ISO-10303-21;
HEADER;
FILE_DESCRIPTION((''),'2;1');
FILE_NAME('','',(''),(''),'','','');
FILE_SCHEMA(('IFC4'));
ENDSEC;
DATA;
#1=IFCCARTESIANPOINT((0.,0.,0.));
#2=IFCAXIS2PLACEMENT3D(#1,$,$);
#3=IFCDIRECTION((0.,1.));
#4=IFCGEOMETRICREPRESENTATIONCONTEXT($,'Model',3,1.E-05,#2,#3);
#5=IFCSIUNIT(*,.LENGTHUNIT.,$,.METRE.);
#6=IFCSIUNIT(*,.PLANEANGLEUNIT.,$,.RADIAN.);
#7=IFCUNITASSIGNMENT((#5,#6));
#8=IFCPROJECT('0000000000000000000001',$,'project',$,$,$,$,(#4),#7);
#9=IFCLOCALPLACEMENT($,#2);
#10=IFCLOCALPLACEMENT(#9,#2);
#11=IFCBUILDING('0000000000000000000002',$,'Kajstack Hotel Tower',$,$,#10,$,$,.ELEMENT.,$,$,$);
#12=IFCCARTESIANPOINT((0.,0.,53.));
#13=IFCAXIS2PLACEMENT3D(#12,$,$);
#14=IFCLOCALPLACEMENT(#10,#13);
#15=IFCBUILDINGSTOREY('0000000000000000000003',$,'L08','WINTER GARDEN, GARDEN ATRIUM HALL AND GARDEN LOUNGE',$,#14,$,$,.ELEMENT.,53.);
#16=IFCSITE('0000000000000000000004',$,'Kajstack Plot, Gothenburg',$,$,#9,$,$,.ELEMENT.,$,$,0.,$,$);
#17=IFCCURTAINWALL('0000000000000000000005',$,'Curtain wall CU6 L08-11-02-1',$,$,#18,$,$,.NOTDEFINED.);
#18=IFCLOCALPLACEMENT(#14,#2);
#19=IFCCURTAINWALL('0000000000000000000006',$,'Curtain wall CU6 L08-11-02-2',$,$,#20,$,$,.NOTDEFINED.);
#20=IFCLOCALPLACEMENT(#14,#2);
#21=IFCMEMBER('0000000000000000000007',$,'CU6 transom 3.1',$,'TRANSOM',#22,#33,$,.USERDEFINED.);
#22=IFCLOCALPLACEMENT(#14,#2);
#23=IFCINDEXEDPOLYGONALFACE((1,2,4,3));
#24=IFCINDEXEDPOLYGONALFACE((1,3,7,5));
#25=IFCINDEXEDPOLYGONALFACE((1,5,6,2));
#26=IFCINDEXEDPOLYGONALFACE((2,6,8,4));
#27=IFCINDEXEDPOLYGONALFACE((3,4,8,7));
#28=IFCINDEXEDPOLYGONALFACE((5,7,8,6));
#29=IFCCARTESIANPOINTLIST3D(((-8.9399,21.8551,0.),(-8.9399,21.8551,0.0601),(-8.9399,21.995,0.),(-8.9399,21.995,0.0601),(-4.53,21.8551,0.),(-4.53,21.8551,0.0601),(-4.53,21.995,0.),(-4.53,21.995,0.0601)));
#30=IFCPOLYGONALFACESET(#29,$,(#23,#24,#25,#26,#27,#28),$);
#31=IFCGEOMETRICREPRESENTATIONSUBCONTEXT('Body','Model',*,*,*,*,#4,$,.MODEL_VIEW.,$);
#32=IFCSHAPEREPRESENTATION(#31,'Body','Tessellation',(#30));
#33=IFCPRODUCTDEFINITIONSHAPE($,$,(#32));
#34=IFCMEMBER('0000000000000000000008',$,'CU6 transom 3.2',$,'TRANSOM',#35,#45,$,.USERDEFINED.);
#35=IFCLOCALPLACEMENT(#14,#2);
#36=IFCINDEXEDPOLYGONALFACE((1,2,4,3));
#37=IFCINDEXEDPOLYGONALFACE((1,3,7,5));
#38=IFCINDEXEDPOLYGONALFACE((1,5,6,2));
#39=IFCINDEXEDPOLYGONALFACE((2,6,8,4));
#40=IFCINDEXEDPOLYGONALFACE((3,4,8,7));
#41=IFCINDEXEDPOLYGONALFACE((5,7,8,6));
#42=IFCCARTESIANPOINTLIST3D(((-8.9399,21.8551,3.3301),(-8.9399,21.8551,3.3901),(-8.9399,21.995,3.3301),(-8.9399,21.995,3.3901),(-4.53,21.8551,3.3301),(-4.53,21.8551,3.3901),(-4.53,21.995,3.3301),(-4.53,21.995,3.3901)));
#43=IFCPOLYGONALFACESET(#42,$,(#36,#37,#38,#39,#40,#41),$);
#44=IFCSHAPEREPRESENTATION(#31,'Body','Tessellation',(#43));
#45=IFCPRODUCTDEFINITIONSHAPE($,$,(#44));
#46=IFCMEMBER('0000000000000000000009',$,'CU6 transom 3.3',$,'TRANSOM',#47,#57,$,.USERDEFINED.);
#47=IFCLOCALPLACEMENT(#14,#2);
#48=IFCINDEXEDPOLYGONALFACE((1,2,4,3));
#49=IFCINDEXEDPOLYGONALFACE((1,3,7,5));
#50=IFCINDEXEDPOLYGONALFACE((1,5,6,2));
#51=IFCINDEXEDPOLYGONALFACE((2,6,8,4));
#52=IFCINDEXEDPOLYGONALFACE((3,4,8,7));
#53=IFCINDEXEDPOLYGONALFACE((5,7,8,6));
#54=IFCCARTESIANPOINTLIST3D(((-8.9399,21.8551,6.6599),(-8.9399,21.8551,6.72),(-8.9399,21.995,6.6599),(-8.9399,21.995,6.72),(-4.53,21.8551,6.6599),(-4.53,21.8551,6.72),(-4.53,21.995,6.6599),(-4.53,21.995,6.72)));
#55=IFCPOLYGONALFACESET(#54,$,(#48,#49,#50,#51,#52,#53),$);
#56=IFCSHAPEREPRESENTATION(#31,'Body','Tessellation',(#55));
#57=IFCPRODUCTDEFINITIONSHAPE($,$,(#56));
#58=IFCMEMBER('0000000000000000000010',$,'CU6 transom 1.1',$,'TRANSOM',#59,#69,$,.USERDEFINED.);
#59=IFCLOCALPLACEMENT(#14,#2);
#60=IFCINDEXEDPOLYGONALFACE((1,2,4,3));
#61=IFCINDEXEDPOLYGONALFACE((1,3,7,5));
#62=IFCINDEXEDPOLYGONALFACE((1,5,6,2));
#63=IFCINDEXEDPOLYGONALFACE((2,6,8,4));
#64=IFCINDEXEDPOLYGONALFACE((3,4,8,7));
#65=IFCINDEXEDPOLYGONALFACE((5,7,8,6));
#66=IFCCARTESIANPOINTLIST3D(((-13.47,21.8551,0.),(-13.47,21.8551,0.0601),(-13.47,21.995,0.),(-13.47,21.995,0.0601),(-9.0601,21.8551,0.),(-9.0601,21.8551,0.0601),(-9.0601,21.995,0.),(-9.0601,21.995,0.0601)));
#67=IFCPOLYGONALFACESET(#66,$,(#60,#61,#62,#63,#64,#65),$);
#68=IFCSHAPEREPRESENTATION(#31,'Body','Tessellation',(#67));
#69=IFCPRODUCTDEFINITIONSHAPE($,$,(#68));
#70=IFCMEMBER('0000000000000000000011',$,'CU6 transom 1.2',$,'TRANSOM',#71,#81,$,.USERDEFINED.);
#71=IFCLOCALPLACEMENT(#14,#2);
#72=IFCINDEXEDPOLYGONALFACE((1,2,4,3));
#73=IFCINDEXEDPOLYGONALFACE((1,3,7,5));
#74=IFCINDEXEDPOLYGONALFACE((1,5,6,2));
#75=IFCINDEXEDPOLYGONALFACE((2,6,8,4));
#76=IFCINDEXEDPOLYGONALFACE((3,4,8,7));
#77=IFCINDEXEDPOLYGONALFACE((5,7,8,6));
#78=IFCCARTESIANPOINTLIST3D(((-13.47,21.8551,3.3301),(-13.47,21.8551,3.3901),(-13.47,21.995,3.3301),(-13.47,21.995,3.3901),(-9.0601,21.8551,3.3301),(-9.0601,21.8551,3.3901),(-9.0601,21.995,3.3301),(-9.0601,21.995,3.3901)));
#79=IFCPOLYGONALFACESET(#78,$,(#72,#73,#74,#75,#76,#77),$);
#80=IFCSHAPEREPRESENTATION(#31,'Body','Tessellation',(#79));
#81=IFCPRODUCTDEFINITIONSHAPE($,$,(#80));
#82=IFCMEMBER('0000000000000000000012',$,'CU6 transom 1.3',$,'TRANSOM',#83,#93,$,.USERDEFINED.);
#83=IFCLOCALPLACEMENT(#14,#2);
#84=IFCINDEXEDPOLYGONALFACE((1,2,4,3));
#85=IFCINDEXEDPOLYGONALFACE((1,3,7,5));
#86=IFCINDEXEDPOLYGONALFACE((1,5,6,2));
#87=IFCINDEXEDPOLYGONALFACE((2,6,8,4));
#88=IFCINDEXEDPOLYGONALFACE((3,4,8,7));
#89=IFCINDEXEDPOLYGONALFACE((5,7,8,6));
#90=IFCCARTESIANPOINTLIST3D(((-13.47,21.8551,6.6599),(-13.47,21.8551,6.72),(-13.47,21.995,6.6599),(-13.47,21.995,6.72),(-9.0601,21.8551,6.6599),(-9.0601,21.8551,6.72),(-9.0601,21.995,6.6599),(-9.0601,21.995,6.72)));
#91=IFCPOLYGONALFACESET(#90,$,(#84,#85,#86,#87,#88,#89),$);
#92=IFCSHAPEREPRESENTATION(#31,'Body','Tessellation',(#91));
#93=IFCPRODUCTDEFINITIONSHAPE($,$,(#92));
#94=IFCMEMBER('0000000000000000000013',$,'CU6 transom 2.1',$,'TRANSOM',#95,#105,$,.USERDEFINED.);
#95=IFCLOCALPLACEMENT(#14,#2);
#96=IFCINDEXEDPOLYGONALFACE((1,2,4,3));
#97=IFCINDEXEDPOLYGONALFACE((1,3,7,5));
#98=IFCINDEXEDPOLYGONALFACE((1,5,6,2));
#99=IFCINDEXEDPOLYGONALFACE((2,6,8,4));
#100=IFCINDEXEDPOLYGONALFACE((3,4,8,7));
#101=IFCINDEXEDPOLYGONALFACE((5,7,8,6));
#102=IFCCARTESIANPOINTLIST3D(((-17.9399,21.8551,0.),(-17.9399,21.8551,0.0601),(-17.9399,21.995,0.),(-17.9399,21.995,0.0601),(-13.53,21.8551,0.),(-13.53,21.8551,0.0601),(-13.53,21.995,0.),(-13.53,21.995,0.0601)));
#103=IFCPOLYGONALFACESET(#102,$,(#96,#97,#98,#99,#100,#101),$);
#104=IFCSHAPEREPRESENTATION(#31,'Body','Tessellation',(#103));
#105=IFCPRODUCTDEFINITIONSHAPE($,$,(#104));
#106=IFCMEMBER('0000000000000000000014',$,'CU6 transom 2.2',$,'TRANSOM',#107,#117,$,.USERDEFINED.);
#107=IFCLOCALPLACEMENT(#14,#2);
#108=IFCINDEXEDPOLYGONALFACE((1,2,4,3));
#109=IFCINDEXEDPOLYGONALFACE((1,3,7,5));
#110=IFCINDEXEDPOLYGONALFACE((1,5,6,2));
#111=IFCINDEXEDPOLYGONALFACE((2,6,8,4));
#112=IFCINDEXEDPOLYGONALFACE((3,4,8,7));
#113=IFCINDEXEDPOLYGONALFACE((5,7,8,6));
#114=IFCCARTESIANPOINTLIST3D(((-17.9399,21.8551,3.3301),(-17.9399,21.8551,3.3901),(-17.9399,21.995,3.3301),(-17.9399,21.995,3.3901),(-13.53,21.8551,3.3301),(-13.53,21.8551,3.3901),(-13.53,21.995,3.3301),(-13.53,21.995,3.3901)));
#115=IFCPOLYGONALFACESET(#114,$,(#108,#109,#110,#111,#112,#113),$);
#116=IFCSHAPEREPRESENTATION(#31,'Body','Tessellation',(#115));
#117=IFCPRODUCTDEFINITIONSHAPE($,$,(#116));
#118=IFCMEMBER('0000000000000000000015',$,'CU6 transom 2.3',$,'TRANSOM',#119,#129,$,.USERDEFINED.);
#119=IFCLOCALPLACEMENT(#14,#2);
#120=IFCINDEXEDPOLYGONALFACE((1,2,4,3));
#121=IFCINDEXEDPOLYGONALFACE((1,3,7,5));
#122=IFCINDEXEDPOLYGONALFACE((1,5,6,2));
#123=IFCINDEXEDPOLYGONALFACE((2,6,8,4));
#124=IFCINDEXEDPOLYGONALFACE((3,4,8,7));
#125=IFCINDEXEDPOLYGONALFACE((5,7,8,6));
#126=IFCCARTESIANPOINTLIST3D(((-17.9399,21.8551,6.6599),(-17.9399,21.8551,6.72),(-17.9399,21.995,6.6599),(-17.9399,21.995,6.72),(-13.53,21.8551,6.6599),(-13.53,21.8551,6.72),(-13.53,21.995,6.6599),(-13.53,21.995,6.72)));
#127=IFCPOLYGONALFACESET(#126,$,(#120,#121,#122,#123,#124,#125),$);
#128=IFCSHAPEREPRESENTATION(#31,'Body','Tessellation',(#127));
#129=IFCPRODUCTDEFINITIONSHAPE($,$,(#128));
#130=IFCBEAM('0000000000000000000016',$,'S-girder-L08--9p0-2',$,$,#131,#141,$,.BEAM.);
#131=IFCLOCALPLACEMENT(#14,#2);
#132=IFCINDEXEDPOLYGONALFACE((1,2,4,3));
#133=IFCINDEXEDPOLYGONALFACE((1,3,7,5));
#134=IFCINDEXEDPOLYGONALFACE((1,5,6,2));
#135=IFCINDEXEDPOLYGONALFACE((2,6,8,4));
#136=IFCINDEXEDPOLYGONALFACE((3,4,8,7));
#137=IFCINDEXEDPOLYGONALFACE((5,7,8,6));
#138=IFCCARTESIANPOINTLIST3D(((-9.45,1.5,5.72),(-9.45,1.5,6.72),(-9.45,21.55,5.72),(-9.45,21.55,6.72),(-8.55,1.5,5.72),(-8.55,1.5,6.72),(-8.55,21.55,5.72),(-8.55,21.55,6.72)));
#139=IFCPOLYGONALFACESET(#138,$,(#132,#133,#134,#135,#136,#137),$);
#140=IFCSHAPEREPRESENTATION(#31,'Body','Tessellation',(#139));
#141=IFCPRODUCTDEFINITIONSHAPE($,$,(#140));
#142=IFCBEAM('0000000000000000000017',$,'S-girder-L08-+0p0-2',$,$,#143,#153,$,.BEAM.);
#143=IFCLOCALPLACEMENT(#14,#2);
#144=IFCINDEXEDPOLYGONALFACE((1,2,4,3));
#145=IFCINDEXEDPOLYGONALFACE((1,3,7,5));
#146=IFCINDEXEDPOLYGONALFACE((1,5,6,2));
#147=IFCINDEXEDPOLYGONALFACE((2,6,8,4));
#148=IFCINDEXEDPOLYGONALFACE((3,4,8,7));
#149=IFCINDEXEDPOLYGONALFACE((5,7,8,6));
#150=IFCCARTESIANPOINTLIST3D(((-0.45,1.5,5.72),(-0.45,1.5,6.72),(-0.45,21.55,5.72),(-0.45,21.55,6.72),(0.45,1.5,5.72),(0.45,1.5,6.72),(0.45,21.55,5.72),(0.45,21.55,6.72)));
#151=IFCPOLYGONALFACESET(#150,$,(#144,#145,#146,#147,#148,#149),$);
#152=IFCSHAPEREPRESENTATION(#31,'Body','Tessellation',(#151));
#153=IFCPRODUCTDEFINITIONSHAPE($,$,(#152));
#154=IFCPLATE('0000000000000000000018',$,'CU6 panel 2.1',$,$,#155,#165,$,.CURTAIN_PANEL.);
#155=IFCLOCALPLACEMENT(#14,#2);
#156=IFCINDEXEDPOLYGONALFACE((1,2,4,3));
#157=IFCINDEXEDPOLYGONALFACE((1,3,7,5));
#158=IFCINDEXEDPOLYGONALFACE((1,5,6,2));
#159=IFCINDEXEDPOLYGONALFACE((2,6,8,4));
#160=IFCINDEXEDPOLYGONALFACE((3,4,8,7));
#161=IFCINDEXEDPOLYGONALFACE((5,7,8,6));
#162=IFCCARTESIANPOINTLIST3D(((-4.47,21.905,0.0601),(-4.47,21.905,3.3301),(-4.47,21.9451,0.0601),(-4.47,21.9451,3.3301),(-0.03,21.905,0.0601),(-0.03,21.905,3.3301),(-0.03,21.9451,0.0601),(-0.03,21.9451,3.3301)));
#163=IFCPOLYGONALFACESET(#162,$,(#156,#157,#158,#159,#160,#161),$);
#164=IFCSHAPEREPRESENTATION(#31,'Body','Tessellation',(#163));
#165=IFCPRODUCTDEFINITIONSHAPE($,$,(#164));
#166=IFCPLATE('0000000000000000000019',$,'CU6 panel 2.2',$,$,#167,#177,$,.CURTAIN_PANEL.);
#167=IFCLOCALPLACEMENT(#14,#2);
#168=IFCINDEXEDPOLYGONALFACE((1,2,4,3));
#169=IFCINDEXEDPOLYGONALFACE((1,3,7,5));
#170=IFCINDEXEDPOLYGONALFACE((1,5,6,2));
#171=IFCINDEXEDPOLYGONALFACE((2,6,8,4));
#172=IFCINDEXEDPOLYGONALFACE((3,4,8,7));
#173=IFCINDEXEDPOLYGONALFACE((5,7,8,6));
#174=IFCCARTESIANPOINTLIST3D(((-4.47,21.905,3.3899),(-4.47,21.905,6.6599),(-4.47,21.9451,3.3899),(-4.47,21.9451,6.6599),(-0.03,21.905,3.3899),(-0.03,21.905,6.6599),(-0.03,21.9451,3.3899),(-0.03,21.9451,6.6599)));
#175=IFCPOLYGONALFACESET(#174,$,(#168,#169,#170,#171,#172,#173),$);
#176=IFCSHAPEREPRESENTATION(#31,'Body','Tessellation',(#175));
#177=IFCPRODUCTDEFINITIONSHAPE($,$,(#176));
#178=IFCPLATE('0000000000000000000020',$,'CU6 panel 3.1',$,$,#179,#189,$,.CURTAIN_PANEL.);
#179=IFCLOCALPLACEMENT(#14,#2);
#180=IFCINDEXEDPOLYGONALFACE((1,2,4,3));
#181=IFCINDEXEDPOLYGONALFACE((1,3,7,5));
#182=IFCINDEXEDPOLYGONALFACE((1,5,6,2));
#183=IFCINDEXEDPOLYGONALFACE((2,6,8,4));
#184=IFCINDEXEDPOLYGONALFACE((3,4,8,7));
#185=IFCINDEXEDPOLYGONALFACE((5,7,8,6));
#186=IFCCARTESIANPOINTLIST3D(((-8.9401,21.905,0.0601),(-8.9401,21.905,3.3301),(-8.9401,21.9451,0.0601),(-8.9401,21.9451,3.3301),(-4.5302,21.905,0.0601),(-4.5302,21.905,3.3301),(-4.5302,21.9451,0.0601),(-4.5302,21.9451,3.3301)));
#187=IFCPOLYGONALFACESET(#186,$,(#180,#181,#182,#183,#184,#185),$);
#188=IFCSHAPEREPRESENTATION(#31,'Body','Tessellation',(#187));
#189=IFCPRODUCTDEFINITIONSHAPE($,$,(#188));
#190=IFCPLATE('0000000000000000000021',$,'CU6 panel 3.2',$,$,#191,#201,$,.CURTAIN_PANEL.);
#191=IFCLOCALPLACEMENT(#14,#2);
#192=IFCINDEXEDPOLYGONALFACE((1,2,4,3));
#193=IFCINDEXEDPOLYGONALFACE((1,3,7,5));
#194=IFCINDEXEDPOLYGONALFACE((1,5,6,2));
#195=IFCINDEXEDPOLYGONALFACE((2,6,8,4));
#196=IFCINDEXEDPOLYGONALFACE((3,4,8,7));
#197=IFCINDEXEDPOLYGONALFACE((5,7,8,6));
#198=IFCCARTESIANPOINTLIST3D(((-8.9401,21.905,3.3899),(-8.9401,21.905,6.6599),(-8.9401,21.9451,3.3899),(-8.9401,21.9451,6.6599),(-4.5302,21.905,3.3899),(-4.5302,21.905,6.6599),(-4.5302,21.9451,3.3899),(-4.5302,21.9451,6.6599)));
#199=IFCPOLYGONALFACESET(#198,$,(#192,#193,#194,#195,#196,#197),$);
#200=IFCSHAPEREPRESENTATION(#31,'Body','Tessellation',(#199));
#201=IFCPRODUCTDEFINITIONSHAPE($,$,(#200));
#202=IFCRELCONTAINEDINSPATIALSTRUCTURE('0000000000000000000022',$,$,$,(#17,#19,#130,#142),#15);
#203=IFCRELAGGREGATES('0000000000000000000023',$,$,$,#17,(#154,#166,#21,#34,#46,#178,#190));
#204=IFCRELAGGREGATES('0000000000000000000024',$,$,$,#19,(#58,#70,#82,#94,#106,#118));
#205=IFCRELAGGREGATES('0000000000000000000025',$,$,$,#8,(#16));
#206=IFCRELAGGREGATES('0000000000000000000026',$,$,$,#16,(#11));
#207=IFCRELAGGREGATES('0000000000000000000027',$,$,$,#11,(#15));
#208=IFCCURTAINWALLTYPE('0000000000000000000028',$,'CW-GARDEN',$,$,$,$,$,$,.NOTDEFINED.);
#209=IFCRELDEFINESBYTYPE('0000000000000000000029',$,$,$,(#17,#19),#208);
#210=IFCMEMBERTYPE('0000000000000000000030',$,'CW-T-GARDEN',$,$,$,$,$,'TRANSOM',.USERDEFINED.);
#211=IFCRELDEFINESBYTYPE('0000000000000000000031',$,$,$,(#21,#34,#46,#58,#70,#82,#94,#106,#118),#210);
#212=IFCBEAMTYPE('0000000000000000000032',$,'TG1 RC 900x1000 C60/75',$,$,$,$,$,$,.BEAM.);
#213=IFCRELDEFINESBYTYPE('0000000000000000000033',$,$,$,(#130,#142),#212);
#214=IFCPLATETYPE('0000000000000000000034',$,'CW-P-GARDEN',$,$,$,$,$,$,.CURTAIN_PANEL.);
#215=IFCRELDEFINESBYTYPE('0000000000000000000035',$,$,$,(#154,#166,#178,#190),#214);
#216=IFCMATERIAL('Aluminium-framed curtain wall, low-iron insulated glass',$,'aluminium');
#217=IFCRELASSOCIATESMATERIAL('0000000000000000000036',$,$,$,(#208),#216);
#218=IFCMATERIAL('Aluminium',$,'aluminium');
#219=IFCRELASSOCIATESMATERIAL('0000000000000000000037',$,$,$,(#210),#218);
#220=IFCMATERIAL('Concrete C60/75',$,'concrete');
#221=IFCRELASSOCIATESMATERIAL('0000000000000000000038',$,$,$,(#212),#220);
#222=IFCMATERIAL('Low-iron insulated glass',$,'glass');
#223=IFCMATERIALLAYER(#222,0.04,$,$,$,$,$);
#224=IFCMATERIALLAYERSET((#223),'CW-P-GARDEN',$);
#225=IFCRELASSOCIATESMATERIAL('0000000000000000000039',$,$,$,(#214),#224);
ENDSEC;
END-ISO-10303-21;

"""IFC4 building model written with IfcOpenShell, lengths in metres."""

from ifc_helpers import new_model, si_unit, direction, frame, origin, origin_2d, place, context, subcontext, project, spatial, rectangle, extrude, material, layer, layer_set, material_profile, profile_set, type_object, element, aggregate, save


model = new_model("IFC4")

# Units and contexts
model_context = context("Model", 3, precision=1e-05, world=origin(), true_north=direction((0.0, 1.0)))
body_context = subcontext(model_context, "Body", "Model", "MODEL_VIEW")
ifc_project = project(units=[si_unit("LENGTHUNIT", "METRE"), si_unit("PLANEANGLEUNIT", "RADIAN")], contexts=[model_context])

# Site, building, storey
site_placement = place(None, origin())
site = spatial("IfcSite", under=ifc_project, at=site_placement, Name="Kajstack Plot, Gothenburg", CompositionType="ELEMENT", RefElevation=0.0)
building_placement = place(site_placement, origin())
building = spatial("IfcBuilding", under=site, at=building_placement, Name="Kajstack Hotel Tower", CompositionType="ELEMENT")
storey_placement = place(building_placement, frame((0.0, 0.0, 53.0)))
storey = spatial("IfcBuildingStorey", under=building, at=storey_placement, Name="L08", Description="WINTER GARDEN, GARDEN ATRIUM HALL AND GARDEN LOUNGE", CompositionType="ELEMENT", Elevation=53.0)

# Shared definitions
ifc_material_1 = material(Name="Concrete C60/75", Category="concrete")

# Curtain walls
ifc_material_2 = material(Name="Aluminium-framed curtain wall, low-iron insulated glass", Category="aluminium")
curtain_wall_type = type_object("IfcCurtainWallType", Name="CW-GARDEN", PredefinedType="NOTDEFINED", material=ifc_material_2)
curtain_wall_1_placement = place(storey_placement, origin())
curtain_wall_1 = element("IfcCurtainWall", 1, at=curtain_wall_1_placement, inside=storey, type_object=curtain_wall_type, Name="Curtain wall CU6 L08-11-02-1", PredefinedType="NOTDEFINED")
ifc_material_3 = material(Name="Aluminium", Category="aluminium")
curtain_wall_2_placement = place(storey_placement, origin())
curtain_wall_2 = element("IfcCurtainWall", 2, at=curtain_wall_2_placement, inside=storey, type_object=curtain_wall_type, Name="Curtain wall CU6 L08-11-02-2", PredefinedType="NOTDEFINED")

# Members
ifc_material_profile_1 = material_profile(ifc_material_3, rectangle(XDim=0.1399, YDim=0.0601, at=origin_2d()), Name="Aluminium transom 140 x 60")
ifc_profile_set_1 = profile_set([ifc_material_profile_1], Name="Aluminium")
member_type_1 = type_object("IfcMemberType", Name="CW-T-GARDEN", ElementType="TRANSOM", PredefinedType="USERDEFINED", material=ifc_profile_set_1)
member_1_placement = place(storey_placement, frame((-4.53, 21.925, 0.03), z_axis=(-1.0, 0.0, 0.0), x_axis=(0.0, -1.0, 0.0)))
member_1 = element("IfcMember", 3, at=member_1_placement, type_object=member_type_1, Name="CU6 transom 3.1", ObjectType="TRANSOM", PredefinedType="USERDEFINED", context=body_context, shape_type="SweptSolid", body=[
    extrude(rectangle(XDim=0.1399, YDim=0.0601, at=origin_2d()), origin(), (0.0, 0.0, 1.0), 4.4099),
])
member_2_placement = place(storey_placement, frame((-4.53, 21.925, 3.3601), z_axis=(-1.0, 0.0, 0.0), x_axis=(0.0, -1.0, 0.0)))
member_2 = element("IfcMember", 4, at=member_2_placement, type_object=member_type_1, Name="CU6 transom 3.2", ObjectType="TRANSOM", PredefinedType="USERDEFINED", context=body_context, shape_type="SweptSolid", body=[
    extrude(rectangle(XDim=0.1399, YDim=0.0601, at=origin_2d()), origin(), (0.0, 0.0, 1.0), 4.4099),
])
member_3_placement = place(storey_placement, frame((-4.53, 21.925, 6.6899), z_axis=(-1.0, 0.0, 0.0), x_axis=(0.0, -1.0, 0.0)))
member_3 = element("IfcMember", 5, at=member_3_placement, type_object=member_type_1, Name="CU6 transom 3.3", ObjectType="TRANSOM", PredefinedType="USERDEFINED", context=body_context, shape_type="SweptSolid", body=[
    extrude(rectangle(XDim=0.1399, YDim=0.0601, at=origin_2d()), origin(), (0.0, 0.0, 1.0), 4.4099),
])
member_4_placement = place(storey_placement, frame((-9.0601, 21.925, 0.03), z_axis=(-1.0, 0.0, 0.0), x_axis=(0.0, -1.0, 0.0)))
member_4 = element("IfcMember", 6, at=member_4_placement, type_object=member_type_1, Name="CU6 transom 1.1", ObjectType="TRANSOM", PredefinedType="USERDEFINED", context=body_context, shape_type="SweptSolid", body=[
    extrude(rectangle(XDim=0.1399, YDim=0.0601, at=origin_2d()), origin(), (0.0, 0.0, 1.0), 4.4099),
])
member_5_placement = place(storey_placement, frame((-9.0601, 21.925, 3.3601), z_axis=(-1.0, 0.0, 0.0), x_axis=(0.0, -1.0, 0.0)))
member_5 = element("IfcMember", 7, at=member_5_placement, type_object=member_type_1, Name="CU6 transom 1.2", ObjectType="TRANSOM", PredefinedType="USERDEFINED", context=body_context, shape_type="SweptSolid", body=[
    extrude(rectangle(XDim=0.1399, YDim=0.0601, at=origin_2d()), origin(), (0.0, 0.0, 1.0), 4.4099),
])
member_6_placement = place(storey_placement, frame((-9.0601, 21.925, 6.6899), z_axis=(-1.0, 0.0, 0.0), x_axis=(0.0, -1.0, 0.0)))
member_6 = element("IfcMember", 8, at=member_6_placement, type_object=member_type_1, Name="CU6 transom 1.3", ObjectType="TRANSOM", PredefinedType="USERDEFINED", context=body_context, shape_type="SweptSolid", body=[
    extrude(rectangle(XDim=0.1399, YDim=0.0601, at=origin_2d()), origin(), (0.0, 0.0, 1.0), 4.4099),
])
member_7_placement = place(storey_placement, frame((-13.53, 21.925, 0.03), z_axis=(-1.0, 0.0, 0.0), x_axis=(0.0, -1.0, 0.0)))
member_7 = element("IfcMember", 9, at=member_7_placement, type_object=member_type_1, Name="CU6 transom 2.1", ObjectType="TRANSOM", PredefinedType="USERDEFINED", context=body_context, shape_type="SweptSolid", body=[
    extrude(rectangle(XDim=0.1399, YDim=0.0601, at=origin_2d()), origin(), (0.0, 0.0, 1.0), 4.4099),
])
member_8_placement = place(storey_placement, frame((-13.53, 21.925, 3.3601), z_axis=(-1.0, 0.0, 0.0), x_axis=(0.0, -1.0, 0.0)))
member_8 = element("IfcMember", 10, at=member_8_placement, type_object=member_type_1, Name="CU6 transom 2.2", ObjectType="TRANSOM", PredefinedType="USERDEFINED", context=body_context, shape_type="SweptSolid", body=[
    extrude(rectangle(XDim=0.1399, YDim=0.0601, at=origin_2d()), origin(), (0.0, 0.0, 1.0), 4.4099),
])
member_9_placement = place(storey_placement, frame((-13.53, 21.925, 6.6899), z_axis=(-1.0, 0.0, 0.0), x_axis=(0.0, -1.0, 0.0)))
member_9 = element("IfcMember", 11, at=member_9_placement, type_object=member_type_1, Name="CU6 transom 2.3", ObjectType="TRANSOM", PredefinedType="USERDEFINED", context=body_context, shape_type="SweptSolid", body=[
    extrude(rectangle(XDim=0.1399, YDim=0.0601, at=origin_2d()), origin(), (0.0, 0.0, 1.0), 4.4099),
])

# Beams
ifc_material_profile_2 = material_profile(ifc_material_1, rectangle(XDim=0.8999, YDim=1.0, at=origin_2d()), Name="RC 900x1000")
ifc_profile_set_2 = profile_set([ifc_material_profile_2], Name="Concrete C60/75")
beam_type = type_object("IfcBeamType", Name="TG1 RC 900x1000 C60/75", PredefinedType="BEAM", material=ifc_profile_set_2)
for number, where, z_axis, x_axis, name in (
    (12, (-9.0, 1.5, 6.22), (0.0, 1.0, 0.0), (-1.0, 0.0, 0.0), "S-girder-L08--9p0-2"),
    (13, (0.0, 1.5, 6.22), (0.0, 1.0, 0.0), (-1.0, 0.0, 0.0), "S-girder-L08-+0p0-2"),
):
    element("IfcBeam", number, at=place(storey_placement, frame(where, z_axis=z_axis, x_axis=x_axis)), inside=storey, type_object=beam_type, Name=name, PredefinedType="BEAM", context=body_context, shape_type="SweptSolid", body=[
        extrude(rectangle(XDim=0.8999, YDim=1.0, at=origin_2d()), origin(), (0.0, 0.0, 1.0), 20.05),
    ])

# Plates
ifc_material_4 = material(Name="Low-iron insulated glass", Category="glass")
ifc_layer = layer(ifc_material_4, 0.04)
ifc_layer_set = layer_set([ifc_layer], Name="CW-P-GARDEN")
plate_type = type_object("IfcPlateType", Name="CW-P-GARDEN", PredefinedType="CURTAIN_PANEL", material=ifc_layer_set)
plate_1_placement = place(storey_placement, frame((-2.25, 21.925, 0.0601), z_axis=(0.0, 0.0, 1.0), x_axis=(-1.0, 0.0, 0.0)))
plate_1 = element("IfcPlate", 14, at=plate_1_placement, type_object=plate_type, Name="CU6 panel 2.1", PredefinedType="CURTAIN_PANEL", context=body_context, shape_type="SweptSolid", body=[
    extrude(rectangle(XDim=4.4399, YDim=0.04, at=origin_2d()), origin(), (0.0, 0.0, 1.0), 3.27),
])
plate_2_placement = place(storey_placement, frame((-2.25, 21.925, 3.3899), z_axis=(0.0, 0.0, 1.0), x_axis=(-1.0, 0.0, 0.0)))
plate_2 = element("IfcPlate", 15, at=plate_2_placement, type_object=plate_type, Name="CU6 panel 2.2", PredefinedType="CURTAIN_PANEL", context=body_context, shape_type="SweptSolid", body=[
    extrude(rectangle(XDim=4.4399, YDim=0.04, at=origin_2d()), origin(), (0.0, 0.0, 1.0), 3.27),
])
plate_3_placement = place(storey_placement, frame((-6.7351, 21.925, 0.0601), z_axis=(0.0, 0.0, 1.0), x_axis=(-1.0, 0.0, 0.0)))
plate_3 = element("IfcPlate", 16, at=plate_3_placement, type_object=plate_type, Name="CU6 panel 3.1", PredefinedType="CURTAIN_PANEL", context=body_context, shape_type="SweptSolid", body=[
    extrude(rectangle(XDim=4.4099, YDim=0.04, at=origin_2d()), origin(), (0.0, 0.0, 1.0), 3.27),
])
plate_4_placement = place(storey_placement, frame((-6.7351, 21.925, 3.3899), z_axis=(0.0, 0.0, 1.0), x_axis=(-1.0, 0.0, 0.0)))
plate_4 = element("IfcPlate", 17, at=plate_4_placement, type_object=plate_type, Name="CU6 panel 3.2", PredefinedType="CURTAIN_PANEL", context=body_context, shape_type="SweptSolid", body=[
    extrude(rectangle(XDim=4.4099, YDim=0.04, at=origin_2d()), origin(), (0.0, 0.0, 1.0), 3.27),
])
aggregate(curtain_wall_1, [plate_1, plate_2, member_1, member_2, member_3, plate_3, plate_4])
aggregate(curtain_wall_2, [member_4, member_5, member_6, member_7, member_8, member_9])

save(model, "model.ifc")
